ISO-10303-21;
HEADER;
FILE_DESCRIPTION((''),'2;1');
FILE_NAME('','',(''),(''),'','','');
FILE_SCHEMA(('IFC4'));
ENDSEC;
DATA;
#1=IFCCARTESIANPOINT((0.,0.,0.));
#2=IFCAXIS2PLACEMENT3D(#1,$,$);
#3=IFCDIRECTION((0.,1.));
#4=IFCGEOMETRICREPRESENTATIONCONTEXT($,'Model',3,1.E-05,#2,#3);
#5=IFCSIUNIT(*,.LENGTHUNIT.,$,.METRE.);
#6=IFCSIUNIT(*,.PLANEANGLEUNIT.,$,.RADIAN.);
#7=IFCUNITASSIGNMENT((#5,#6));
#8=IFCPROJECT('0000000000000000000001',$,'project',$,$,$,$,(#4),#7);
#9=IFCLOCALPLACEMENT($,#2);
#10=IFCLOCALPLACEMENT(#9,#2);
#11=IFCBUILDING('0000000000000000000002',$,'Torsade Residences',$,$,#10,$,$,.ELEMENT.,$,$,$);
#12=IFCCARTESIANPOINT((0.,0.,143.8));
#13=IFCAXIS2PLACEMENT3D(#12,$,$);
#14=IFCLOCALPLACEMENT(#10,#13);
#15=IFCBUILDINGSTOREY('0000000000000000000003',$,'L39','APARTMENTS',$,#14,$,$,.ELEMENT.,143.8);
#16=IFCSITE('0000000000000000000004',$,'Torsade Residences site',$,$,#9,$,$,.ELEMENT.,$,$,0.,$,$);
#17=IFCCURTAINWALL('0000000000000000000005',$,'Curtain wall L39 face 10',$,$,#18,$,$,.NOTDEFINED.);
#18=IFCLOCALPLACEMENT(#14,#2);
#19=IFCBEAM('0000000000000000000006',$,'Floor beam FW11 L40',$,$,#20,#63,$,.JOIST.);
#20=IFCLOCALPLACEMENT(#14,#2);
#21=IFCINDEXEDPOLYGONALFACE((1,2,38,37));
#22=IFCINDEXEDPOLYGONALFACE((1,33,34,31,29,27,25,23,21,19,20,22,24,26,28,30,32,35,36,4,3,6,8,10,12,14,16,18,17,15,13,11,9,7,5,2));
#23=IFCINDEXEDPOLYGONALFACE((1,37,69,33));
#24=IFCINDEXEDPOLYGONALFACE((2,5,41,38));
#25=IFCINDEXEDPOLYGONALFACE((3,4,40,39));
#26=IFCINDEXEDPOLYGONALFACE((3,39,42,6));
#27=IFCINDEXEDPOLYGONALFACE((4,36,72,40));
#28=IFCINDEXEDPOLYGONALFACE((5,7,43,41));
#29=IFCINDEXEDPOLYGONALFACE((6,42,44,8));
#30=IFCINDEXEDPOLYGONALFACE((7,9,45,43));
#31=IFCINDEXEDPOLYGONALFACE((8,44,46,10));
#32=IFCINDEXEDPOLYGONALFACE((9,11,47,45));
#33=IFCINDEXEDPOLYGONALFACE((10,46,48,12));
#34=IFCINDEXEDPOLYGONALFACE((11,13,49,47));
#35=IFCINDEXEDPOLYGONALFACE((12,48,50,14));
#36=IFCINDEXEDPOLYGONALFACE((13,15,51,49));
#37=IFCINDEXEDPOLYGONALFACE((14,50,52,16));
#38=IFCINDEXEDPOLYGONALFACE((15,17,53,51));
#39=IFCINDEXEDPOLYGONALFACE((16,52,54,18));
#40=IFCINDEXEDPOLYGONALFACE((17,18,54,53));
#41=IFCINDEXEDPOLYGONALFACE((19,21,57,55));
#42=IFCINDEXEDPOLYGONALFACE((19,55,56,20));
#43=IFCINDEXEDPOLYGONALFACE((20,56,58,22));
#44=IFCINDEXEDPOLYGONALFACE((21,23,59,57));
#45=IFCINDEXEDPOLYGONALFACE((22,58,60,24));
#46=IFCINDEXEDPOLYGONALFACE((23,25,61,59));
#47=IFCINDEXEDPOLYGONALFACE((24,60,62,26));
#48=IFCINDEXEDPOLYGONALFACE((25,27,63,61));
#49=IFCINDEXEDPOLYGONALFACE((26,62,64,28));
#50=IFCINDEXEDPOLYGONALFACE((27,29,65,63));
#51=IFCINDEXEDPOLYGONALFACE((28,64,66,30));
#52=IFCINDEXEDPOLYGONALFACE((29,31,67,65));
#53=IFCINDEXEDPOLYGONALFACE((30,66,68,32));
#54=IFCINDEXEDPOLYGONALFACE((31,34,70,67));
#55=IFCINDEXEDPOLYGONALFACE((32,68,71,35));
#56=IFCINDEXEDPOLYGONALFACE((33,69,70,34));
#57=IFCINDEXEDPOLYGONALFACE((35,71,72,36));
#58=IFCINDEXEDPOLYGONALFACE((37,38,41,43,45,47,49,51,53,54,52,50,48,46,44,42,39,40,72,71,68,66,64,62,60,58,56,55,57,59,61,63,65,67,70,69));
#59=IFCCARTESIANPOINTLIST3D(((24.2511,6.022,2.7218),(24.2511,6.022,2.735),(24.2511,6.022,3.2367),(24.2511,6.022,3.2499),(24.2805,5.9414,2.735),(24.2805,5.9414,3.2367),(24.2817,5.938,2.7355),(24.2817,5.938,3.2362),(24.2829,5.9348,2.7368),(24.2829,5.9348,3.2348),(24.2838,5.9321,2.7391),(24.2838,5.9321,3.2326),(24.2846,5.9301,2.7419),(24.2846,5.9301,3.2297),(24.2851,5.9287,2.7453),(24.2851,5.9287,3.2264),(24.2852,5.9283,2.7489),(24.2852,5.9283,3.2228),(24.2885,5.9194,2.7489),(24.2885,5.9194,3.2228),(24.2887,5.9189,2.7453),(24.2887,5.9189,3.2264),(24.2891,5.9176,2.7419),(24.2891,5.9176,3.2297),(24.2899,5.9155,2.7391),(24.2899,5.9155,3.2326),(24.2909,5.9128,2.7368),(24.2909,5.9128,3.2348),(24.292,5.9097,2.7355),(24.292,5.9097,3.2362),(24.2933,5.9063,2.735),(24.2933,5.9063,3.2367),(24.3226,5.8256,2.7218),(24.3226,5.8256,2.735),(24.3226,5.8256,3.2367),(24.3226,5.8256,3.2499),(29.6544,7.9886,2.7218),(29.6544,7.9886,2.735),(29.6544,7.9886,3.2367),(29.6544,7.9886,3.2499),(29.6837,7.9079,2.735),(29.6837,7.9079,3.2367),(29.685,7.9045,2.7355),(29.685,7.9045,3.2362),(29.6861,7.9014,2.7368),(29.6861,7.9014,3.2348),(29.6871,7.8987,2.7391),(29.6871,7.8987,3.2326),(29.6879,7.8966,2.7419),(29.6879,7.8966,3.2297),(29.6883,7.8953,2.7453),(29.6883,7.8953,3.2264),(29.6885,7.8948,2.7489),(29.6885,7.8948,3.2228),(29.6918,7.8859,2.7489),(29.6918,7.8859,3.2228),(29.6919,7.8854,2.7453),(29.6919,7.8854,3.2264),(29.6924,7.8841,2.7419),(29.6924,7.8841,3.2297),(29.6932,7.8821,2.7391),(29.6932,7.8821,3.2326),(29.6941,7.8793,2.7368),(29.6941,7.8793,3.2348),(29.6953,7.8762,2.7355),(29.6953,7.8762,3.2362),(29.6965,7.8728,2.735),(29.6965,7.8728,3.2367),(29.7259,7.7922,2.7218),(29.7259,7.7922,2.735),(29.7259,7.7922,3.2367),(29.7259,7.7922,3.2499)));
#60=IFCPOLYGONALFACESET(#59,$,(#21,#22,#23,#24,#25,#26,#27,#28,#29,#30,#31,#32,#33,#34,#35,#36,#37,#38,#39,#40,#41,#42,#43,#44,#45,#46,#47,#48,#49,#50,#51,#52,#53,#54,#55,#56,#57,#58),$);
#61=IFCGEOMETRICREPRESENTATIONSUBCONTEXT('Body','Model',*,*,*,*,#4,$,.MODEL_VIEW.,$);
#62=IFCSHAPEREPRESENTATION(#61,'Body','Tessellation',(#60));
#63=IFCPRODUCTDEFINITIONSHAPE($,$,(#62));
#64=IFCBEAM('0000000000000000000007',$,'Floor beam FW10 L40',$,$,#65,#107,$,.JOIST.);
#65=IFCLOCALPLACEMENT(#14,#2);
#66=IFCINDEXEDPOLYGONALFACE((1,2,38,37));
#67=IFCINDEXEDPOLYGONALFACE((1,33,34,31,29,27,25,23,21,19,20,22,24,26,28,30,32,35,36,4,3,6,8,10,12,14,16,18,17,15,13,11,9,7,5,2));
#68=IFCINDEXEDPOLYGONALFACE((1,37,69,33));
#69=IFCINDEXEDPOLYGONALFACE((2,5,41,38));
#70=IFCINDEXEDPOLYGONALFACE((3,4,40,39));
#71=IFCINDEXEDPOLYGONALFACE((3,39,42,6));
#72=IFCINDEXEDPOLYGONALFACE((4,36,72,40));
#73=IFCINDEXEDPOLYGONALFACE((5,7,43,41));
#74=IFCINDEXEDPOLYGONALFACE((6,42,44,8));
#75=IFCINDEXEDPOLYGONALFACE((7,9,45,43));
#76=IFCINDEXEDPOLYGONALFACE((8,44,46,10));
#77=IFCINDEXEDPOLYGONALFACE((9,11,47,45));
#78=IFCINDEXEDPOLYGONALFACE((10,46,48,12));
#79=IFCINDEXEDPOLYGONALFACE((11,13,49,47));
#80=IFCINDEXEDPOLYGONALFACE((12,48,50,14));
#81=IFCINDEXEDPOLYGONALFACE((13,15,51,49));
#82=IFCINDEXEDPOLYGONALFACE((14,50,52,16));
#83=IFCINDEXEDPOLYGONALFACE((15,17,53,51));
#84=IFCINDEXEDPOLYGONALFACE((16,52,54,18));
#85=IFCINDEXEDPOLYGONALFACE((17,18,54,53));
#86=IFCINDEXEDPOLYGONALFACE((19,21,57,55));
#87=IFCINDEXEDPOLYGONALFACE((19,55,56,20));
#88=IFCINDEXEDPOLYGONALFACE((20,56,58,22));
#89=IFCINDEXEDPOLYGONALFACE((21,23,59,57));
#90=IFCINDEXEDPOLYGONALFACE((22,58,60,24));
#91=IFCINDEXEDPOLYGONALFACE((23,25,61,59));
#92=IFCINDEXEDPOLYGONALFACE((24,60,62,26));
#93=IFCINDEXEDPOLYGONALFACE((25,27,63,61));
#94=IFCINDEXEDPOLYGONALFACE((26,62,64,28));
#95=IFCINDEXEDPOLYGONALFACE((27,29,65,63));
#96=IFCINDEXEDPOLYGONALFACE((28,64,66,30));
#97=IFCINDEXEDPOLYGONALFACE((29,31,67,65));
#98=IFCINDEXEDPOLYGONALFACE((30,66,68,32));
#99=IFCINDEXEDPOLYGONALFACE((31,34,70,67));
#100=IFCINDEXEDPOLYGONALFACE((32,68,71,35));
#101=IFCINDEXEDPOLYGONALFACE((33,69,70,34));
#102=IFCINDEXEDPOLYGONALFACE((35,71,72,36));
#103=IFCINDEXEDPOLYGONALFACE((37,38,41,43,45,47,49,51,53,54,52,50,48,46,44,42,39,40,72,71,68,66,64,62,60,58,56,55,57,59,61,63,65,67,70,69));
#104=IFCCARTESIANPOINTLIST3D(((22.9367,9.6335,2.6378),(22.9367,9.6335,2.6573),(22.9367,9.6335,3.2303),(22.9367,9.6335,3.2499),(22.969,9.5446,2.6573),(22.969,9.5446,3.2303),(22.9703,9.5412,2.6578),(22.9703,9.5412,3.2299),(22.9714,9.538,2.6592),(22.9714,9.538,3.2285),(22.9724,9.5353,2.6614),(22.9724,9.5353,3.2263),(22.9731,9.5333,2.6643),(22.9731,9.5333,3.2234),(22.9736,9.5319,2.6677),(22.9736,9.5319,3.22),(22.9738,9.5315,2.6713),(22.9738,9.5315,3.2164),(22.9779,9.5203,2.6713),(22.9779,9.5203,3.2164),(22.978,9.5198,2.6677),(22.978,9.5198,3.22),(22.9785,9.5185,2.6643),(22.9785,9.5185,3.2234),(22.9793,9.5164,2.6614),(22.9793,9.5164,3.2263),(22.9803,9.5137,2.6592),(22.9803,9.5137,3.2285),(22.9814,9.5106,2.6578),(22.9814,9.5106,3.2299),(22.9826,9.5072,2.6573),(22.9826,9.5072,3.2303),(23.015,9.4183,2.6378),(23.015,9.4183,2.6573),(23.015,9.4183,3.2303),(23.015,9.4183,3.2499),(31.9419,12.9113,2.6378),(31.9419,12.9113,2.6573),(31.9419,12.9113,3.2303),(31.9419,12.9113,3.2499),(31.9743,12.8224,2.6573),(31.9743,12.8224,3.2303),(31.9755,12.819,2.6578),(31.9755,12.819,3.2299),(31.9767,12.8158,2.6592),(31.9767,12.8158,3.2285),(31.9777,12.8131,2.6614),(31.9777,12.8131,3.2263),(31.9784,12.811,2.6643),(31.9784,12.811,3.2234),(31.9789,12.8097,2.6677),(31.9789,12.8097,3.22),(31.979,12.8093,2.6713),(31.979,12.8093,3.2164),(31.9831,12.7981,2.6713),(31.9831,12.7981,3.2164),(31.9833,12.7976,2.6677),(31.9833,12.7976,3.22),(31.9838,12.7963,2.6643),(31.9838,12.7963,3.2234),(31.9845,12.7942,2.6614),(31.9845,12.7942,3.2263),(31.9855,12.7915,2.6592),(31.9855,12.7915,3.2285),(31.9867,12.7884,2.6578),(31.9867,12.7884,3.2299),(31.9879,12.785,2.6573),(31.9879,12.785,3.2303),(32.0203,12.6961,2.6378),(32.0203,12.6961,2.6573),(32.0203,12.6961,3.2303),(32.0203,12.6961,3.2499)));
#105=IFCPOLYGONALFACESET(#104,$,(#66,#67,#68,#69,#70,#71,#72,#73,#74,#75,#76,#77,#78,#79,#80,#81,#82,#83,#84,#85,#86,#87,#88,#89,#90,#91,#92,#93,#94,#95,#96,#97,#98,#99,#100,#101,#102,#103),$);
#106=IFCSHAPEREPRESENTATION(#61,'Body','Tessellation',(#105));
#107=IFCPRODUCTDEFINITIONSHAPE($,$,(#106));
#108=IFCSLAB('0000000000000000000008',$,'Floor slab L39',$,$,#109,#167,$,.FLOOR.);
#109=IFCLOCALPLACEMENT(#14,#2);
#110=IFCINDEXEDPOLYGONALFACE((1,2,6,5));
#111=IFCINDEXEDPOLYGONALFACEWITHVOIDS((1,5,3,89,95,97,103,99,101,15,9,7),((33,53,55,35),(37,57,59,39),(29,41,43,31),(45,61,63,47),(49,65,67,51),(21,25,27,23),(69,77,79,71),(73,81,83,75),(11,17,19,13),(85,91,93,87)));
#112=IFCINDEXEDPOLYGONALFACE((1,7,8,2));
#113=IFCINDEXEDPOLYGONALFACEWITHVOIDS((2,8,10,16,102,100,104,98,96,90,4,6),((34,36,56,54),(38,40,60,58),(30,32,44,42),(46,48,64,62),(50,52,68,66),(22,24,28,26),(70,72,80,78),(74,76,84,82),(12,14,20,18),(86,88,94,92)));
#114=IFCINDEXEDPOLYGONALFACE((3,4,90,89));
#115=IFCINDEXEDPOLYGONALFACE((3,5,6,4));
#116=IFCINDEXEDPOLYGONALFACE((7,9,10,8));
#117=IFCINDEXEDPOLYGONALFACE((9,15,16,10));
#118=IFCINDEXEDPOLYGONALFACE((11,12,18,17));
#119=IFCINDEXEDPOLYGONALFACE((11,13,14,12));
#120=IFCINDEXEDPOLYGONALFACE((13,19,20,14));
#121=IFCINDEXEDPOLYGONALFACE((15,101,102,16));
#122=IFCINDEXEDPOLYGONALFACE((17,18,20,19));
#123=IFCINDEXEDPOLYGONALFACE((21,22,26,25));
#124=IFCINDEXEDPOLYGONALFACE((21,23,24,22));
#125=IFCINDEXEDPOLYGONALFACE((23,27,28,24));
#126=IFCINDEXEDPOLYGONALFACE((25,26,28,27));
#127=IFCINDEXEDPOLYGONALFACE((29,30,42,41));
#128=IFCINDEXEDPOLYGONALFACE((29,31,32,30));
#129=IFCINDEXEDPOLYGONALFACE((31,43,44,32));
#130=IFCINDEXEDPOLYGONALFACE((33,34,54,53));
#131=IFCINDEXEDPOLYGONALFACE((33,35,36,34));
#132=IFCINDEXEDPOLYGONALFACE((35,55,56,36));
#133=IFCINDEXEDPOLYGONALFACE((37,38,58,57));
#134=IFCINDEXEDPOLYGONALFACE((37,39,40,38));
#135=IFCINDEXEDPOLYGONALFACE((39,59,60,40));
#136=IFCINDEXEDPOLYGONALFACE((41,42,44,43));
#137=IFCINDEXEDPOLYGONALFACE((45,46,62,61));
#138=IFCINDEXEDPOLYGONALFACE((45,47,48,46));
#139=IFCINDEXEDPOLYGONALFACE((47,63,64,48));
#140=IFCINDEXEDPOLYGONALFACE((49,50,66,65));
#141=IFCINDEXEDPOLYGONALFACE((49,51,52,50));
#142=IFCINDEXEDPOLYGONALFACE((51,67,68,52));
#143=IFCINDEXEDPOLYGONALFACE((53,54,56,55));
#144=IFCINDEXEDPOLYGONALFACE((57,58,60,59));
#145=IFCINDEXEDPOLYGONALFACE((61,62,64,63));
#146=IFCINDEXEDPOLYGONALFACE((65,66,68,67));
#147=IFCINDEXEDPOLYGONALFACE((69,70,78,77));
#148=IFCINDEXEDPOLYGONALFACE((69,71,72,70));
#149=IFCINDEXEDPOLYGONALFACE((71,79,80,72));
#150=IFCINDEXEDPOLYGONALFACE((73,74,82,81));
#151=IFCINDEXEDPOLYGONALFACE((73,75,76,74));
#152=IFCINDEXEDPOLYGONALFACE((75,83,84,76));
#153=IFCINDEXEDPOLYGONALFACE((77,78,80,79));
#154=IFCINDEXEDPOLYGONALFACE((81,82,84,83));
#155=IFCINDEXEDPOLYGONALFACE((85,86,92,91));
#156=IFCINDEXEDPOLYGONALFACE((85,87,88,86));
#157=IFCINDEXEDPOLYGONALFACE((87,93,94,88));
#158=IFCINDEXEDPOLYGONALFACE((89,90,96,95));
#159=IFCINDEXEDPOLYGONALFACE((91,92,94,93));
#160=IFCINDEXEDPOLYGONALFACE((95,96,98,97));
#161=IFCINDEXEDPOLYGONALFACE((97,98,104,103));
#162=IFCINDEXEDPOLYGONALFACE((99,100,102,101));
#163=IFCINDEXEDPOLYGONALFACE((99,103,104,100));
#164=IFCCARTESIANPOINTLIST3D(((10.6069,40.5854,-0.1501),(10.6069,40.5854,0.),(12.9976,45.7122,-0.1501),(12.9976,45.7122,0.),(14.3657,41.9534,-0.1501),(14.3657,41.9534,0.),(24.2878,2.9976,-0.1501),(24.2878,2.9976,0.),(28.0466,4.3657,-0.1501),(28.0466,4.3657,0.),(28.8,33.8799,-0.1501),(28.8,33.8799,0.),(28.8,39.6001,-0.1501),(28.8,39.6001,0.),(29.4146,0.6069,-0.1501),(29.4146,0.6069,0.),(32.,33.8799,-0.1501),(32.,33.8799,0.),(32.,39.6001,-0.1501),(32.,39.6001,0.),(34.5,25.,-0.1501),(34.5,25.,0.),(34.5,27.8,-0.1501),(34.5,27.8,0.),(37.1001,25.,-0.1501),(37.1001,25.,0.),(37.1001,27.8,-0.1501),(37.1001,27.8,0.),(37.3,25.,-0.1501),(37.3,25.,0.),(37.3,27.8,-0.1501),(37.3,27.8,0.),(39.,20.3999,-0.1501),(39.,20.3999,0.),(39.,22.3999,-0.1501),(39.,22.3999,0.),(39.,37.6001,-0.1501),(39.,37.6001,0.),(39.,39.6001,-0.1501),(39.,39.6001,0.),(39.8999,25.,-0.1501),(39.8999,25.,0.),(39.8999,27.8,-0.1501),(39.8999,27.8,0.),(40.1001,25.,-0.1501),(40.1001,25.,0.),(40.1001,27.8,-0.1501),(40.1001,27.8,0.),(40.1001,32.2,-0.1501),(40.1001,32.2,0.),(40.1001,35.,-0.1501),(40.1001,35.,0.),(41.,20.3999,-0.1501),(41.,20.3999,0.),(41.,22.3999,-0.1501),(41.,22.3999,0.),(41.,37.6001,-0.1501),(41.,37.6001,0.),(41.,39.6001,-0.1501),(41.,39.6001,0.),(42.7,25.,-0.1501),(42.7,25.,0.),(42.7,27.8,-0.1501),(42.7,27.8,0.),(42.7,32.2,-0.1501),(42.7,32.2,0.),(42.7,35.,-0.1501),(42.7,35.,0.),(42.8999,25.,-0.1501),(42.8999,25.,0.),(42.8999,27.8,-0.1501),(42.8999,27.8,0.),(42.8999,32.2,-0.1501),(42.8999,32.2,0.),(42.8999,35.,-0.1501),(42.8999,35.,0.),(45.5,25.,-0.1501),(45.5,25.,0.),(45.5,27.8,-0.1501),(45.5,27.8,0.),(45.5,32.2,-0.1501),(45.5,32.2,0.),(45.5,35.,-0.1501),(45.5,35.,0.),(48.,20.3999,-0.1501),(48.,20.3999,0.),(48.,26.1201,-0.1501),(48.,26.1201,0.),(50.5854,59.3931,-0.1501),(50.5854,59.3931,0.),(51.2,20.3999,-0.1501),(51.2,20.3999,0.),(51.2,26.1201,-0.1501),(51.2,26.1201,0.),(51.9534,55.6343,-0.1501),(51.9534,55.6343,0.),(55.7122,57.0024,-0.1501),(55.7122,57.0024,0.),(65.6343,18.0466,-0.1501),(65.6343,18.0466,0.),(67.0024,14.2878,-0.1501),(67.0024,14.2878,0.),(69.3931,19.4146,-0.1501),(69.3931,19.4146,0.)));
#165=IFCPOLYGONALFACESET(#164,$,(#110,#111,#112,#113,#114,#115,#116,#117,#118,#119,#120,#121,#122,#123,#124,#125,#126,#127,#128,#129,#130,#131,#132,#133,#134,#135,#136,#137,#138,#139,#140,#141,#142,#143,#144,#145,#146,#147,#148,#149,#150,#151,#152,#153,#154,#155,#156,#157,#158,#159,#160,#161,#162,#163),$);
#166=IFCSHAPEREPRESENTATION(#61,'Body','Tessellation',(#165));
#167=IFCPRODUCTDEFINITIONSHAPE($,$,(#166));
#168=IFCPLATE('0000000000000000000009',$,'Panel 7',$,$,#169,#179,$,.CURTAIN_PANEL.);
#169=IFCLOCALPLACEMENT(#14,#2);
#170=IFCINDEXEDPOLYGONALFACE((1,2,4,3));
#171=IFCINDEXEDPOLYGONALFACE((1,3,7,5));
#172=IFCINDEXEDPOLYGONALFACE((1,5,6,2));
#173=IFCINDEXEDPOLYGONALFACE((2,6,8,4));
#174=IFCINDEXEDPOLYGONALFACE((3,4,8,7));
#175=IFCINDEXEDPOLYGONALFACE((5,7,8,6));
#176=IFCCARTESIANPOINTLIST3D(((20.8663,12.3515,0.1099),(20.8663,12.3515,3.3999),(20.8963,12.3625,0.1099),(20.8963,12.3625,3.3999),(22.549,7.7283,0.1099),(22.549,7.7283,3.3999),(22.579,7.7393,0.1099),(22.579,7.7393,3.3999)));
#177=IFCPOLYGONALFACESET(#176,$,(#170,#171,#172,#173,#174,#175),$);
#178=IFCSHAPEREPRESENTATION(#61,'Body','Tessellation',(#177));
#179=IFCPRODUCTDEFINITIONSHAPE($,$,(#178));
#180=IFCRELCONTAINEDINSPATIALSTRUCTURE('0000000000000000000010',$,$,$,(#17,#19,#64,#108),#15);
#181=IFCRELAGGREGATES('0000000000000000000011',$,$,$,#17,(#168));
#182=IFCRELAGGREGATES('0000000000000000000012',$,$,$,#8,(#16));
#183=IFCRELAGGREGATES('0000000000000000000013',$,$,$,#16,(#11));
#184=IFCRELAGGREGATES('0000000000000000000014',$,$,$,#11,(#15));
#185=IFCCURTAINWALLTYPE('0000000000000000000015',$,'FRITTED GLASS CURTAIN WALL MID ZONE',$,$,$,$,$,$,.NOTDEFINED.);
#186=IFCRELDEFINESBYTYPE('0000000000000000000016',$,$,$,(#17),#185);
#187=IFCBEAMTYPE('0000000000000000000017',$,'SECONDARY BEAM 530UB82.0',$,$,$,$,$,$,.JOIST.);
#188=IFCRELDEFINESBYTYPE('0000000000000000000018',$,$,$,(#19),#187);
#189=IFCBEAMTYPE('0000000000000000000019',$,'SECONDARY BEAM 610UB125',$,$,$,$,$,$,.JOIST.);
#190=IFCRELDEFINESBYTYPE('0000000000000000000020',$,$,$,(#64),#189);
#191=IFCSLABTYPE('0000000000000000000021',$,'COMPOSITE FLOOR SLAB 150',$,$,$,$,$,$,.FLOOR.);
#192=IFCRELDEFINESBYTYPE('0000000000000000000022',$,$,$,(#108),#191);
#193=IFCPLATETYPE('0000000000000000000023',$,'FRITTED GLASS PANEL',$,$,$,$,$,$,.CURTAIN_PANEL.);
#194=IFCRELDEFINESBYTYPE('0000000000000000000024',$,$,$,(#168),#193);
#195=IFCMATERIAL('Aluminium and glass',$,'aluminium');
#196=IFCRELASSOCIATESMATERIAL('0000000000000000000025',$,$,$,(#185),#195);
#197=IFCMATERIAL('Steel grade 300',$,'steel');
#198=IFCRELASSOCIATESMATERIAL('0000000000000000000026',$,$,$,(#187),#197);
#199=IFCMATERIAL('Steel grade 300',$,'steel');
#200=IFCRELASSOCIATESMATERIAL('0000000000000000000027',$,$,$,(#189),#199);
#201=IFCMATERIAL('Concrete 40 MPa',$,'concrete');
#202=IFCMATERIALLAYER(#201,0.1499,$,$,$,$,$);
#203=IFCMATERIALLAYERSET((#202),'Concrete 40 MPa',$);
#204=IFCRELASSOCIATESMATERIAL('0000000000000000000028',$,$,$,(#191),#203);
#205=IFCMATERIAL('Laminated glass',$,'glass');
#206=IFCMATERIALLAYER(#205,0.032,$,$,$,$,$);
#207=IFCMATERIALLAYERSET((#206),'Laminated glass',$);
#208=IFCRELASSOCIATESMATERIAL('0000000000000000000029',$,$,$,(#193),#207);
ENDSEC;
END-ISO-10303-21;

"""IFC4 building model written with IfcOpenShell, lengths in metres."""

from ifc_helpers import new_model, si_unit, direction, frame, origin, origin_2d, place, context, subcontext, project, spatial, polyline, rectangle, i_section, outline, extrude, material, layer, layer_set, material_profile, profile_set, type_object, element, aggregate, save


model = new_model("IFC4")

# Units and contexts
model_context = context("Model", 3, precision=1e-05, world=origin(), true_north=direction((0.0, 1.0)))
body_context = subcontext(model_context, "Body", "Model", "MODEL_VIEW")
ifc_project = project(units=[si_unit("LENGTHUNIT", "METRE"), si_unit("PLANEANGLEUNIT", "RADIAN")], contexts=[model_context])

# Site, building, storey
site_placement = place(None, origin())
site = spatial("IfcSite", under=ifc_project, at=site_placement, Name="Torsade Residences site", CompositionType="ELEMENT", RefElevation=0.0)
building_placement = place(site_placement, origin())
building = spatial("IfcBuilding", under=site, at=building_placement, Name="Torsade Residences", CompositionType="ELEMENT")
storey_placement = place(building_placement, frame((0.0, 0.0, 143.8)))
storey = spatial("IfcBuildingStorey", under=building, at=storey_placement, Name="L39", Description="APARTMENTS", CompositionType="ELEMENT", Elevation=143.8)

# Curtain wall
ifc_material_1 = material(Name="Aluminium and glass", Category="aluminium")
curtain_wall_type = type_object("IfcCurtainWallType", Name="FRITTED GLASS CURTAIN WALL MID ZONE", PredefinedType="NOTDEFINED", material=ifc_material_1)
curtain_wall_placement = place(storey_placement, origin())
curtain_wall = element("IfcCurtainWall", 1, at=curtain_wall_placement, inside=storey, type_object=curtain_wall_type, Name="Curtain wall L39 face 10", PredefinedType="NOTDEFINED")

# Beams
ifc_material_2 = material(Name="Steel grade 300", Category="steel")
ifc_material_profile_1 = material_profile(ifc_material_2, i_section(OverallWidth=0.209, OverallDepth=0.5281, WebThickness=0.0095, FlangeThickness=0.0132, FilletRadius=0.0139, at=origin_2d()), Name="530UB82.0")
ifc_profile_set_1 = profile_set([ifc_material_profile_1], Name="Steel grade 300")
beam_type_1 = type_object("IfcBeamType", Name="SECONDARY BEAM 530UB82.0", PredefinedType="JOIST", material=ifc_profile_set_1)
beam_1_placement = place(storey_placement, frame((24.2869, 5.9238, 2.9858), z_axis=(0.939698, 0.342006, 0.0), x_axis=(-0.342006, 0.939698, 0.0)))
element("IfcBeam", 2, at=beam_1_placement, inside=storey, type_object=beam_type_1, Name="Floor beam FW11 L40", PredefinedType="JOIST", context=body_context, shape_type="SweptSolid", body=[
    extrude(i_section(OverallWidth=0.209, OverallDepth=0.5281, WebThickness=0.0095, FlangeThickness=0.0132, FilletRadius=0.0139, at=origin_2d()), origin(), (0.0, 0.0, 1.0), 5.75),
])
ifc_material_3 = material(Name="Steel grade 300", Category="steel")
ifc_material_profile_2 = material_profile(ifc_material_3, i_section(OverallWidth=0.229, OverallDepth=0.6121, WebThickness=0.012, FlangeThickness=0.0195, FilletRadius=0.0139, at=origin_2d()), Name="610UB125")
ifc_profile_set_2 = profile_set([ifc_material_profile_2], Name="Steel grade 300")
beam_type_2 = type_object("IfcBeamType", Name="SECONDARY BEAM 610UB125", PredefinedType="JOIST", material=ifc_profile_set_2)
beam_2_placement = place(storey_placement, frame((22.9758, 9.5259, 2.9438), z_axis=(0.939688, 0.342034, 0.0), x_axis=(-0.342034, 0.939688, 0.0)))
element("IfcBeam", 3, at=beam_2_placement, inside=storey, type_object=beam_type_2, Name="Floor beam FW10 L40", PredefinedType="JOIST", context=body_context, shape_type="SweptSolid", body=[
    extrude(i_section(OverallWidth=0.229, OverallDepth=0.6121, WebThickness=0.012, FlangeThickness=0.0195, FilletRadius=0.0139, at=origin_2d()), origin(), (0.0, 0.0, 1.0), 9.5833),
])

# Slab
ifc_material_4 = material(Name="Concrete 40 MPa", Category="concrete")
ifc_layer_1 = layer(ifc_material_4, 0.1499)
ifc_layer_set_1 = layer_set([ifc_layer_1], Name="Concrete 40 MPa")
slab_type_1 = type_object("IfcSlabType", Name="COMPOSITE FLOOR SLAB 150", PredefinedType="FLOOR", material=ifc_layer_set_1)
slab_1_placement = place(storey_placement, frame((0.0, 0.0, -0.1501)))
element("IfcSlab", 4, at=slab_1_placement, inside=storey, type_object=slab_type_1, Name="Floor slab L39", PredefinedType="FLOOR", context=body_context, shape_type="SweptSolid", body=[
    extrude(outline(polyline([(29.4146, 0.6069), (67.0024, 14.2878), (65.6343, 18.0466), (69.3931, 19.4146), (55.7122, 57.0024), (51.9534, 55.6343), (50.5854, 59.3931), (12.9976, 45.7122), (14.3657, 41.9534), (10.6069, 40.5854), (24.2878, 2.9976), (28.0466, 4.3657), (29.4146, 0.6069)]), holes=[polyline([(51.2, 26.1201), (48.0, 26.1201), (48.0, 20.3999), (51.2, 20.3999), (51.2, 26.1201)]), polyline([(45.5, 27.8), (42.8999, 27.8), (42.8999, 25.0), (45.5, 25.0), (45.5, 27.8)]), polyline([(45.5, 35.0), (42.8999, 35.0), (42.8999, 32.2), (45.5, 32.2), (45.5, 35.0)]), polyline([(42.7, 25.0), (42.7, 27.8), (40.1001, 27.8), (40.1001, 25.0), (42.7, 25.0)]), polyline([(42.7, 35.0), (40.1001, 35.0), (40.1001, 32.2), (42.7, 32.2), (42.7, 35.0)]), polyline([(41.0, 22.3999), (39.0, 22.3999), (39.0, 20.3999), (41.0, 20.3999), (41.0, 22.3999)]), polyline([(41.0, 37.6001), (41.0, 39.6001), (39.0, 39.6001), (39.0, 37.6001), (41.0, 37.6001)]), polyline([(39.8999, 25.0), (39.8999, 27.8), (37.3, 27.8), (37.3, 25.0), (39.8999, 25.0)]), polyline([(37.1001, 27.8), (34.5, 27.8), (34.5, 25.0), (37.1001, 25.0), (37.1001, 27.8)]), polyline([(32.0, 33.8799), (32.0, 39.6001), (28.8, 39.6001), (28.8, 33.8799), (32.0, 33.8799)])]), origin(), (0.0, 0.0, 1.0), 0.1501),
])

# Plate
ifc_material_5 = material(Name="Laminated glass", Category="glass")
ifc_layer_2 = layer(ifc_material_5, 0.032)
ifc_layer_set_2 = layer_set([ifc_layer_2], Name="Laminated glass")
plate_type = type_object("IfcPlateType", Name="FRITTED GLASS PANEL", PredefinedType="CURTAIN_PANEL", material=ifc_layer_set_2)
plate_1_placement = place(storey_placement, frame((21.7227, 10.0454, 0.1099), z_axis=(0.0, 0.0, 1.0), x_axis=(0.34202, -0.939693, 0.0)))
plate_1 = element("IfcPlate", 5, at=plate_1_placement, type_object=plate_type, Name="Panel 7", PredefinedType="CURTAIN_PANEL", context=body_context, shape_type="SweptSolid", body=[
    extrude(rectangle(XDim=4.9199, YDim=0.032, at=origin_2d()), origin(), (0.0, 0.0, 1.0), 3.29),
])
aggregate(curtain_wall, [plate_1])

save(model, "model.ifc")
